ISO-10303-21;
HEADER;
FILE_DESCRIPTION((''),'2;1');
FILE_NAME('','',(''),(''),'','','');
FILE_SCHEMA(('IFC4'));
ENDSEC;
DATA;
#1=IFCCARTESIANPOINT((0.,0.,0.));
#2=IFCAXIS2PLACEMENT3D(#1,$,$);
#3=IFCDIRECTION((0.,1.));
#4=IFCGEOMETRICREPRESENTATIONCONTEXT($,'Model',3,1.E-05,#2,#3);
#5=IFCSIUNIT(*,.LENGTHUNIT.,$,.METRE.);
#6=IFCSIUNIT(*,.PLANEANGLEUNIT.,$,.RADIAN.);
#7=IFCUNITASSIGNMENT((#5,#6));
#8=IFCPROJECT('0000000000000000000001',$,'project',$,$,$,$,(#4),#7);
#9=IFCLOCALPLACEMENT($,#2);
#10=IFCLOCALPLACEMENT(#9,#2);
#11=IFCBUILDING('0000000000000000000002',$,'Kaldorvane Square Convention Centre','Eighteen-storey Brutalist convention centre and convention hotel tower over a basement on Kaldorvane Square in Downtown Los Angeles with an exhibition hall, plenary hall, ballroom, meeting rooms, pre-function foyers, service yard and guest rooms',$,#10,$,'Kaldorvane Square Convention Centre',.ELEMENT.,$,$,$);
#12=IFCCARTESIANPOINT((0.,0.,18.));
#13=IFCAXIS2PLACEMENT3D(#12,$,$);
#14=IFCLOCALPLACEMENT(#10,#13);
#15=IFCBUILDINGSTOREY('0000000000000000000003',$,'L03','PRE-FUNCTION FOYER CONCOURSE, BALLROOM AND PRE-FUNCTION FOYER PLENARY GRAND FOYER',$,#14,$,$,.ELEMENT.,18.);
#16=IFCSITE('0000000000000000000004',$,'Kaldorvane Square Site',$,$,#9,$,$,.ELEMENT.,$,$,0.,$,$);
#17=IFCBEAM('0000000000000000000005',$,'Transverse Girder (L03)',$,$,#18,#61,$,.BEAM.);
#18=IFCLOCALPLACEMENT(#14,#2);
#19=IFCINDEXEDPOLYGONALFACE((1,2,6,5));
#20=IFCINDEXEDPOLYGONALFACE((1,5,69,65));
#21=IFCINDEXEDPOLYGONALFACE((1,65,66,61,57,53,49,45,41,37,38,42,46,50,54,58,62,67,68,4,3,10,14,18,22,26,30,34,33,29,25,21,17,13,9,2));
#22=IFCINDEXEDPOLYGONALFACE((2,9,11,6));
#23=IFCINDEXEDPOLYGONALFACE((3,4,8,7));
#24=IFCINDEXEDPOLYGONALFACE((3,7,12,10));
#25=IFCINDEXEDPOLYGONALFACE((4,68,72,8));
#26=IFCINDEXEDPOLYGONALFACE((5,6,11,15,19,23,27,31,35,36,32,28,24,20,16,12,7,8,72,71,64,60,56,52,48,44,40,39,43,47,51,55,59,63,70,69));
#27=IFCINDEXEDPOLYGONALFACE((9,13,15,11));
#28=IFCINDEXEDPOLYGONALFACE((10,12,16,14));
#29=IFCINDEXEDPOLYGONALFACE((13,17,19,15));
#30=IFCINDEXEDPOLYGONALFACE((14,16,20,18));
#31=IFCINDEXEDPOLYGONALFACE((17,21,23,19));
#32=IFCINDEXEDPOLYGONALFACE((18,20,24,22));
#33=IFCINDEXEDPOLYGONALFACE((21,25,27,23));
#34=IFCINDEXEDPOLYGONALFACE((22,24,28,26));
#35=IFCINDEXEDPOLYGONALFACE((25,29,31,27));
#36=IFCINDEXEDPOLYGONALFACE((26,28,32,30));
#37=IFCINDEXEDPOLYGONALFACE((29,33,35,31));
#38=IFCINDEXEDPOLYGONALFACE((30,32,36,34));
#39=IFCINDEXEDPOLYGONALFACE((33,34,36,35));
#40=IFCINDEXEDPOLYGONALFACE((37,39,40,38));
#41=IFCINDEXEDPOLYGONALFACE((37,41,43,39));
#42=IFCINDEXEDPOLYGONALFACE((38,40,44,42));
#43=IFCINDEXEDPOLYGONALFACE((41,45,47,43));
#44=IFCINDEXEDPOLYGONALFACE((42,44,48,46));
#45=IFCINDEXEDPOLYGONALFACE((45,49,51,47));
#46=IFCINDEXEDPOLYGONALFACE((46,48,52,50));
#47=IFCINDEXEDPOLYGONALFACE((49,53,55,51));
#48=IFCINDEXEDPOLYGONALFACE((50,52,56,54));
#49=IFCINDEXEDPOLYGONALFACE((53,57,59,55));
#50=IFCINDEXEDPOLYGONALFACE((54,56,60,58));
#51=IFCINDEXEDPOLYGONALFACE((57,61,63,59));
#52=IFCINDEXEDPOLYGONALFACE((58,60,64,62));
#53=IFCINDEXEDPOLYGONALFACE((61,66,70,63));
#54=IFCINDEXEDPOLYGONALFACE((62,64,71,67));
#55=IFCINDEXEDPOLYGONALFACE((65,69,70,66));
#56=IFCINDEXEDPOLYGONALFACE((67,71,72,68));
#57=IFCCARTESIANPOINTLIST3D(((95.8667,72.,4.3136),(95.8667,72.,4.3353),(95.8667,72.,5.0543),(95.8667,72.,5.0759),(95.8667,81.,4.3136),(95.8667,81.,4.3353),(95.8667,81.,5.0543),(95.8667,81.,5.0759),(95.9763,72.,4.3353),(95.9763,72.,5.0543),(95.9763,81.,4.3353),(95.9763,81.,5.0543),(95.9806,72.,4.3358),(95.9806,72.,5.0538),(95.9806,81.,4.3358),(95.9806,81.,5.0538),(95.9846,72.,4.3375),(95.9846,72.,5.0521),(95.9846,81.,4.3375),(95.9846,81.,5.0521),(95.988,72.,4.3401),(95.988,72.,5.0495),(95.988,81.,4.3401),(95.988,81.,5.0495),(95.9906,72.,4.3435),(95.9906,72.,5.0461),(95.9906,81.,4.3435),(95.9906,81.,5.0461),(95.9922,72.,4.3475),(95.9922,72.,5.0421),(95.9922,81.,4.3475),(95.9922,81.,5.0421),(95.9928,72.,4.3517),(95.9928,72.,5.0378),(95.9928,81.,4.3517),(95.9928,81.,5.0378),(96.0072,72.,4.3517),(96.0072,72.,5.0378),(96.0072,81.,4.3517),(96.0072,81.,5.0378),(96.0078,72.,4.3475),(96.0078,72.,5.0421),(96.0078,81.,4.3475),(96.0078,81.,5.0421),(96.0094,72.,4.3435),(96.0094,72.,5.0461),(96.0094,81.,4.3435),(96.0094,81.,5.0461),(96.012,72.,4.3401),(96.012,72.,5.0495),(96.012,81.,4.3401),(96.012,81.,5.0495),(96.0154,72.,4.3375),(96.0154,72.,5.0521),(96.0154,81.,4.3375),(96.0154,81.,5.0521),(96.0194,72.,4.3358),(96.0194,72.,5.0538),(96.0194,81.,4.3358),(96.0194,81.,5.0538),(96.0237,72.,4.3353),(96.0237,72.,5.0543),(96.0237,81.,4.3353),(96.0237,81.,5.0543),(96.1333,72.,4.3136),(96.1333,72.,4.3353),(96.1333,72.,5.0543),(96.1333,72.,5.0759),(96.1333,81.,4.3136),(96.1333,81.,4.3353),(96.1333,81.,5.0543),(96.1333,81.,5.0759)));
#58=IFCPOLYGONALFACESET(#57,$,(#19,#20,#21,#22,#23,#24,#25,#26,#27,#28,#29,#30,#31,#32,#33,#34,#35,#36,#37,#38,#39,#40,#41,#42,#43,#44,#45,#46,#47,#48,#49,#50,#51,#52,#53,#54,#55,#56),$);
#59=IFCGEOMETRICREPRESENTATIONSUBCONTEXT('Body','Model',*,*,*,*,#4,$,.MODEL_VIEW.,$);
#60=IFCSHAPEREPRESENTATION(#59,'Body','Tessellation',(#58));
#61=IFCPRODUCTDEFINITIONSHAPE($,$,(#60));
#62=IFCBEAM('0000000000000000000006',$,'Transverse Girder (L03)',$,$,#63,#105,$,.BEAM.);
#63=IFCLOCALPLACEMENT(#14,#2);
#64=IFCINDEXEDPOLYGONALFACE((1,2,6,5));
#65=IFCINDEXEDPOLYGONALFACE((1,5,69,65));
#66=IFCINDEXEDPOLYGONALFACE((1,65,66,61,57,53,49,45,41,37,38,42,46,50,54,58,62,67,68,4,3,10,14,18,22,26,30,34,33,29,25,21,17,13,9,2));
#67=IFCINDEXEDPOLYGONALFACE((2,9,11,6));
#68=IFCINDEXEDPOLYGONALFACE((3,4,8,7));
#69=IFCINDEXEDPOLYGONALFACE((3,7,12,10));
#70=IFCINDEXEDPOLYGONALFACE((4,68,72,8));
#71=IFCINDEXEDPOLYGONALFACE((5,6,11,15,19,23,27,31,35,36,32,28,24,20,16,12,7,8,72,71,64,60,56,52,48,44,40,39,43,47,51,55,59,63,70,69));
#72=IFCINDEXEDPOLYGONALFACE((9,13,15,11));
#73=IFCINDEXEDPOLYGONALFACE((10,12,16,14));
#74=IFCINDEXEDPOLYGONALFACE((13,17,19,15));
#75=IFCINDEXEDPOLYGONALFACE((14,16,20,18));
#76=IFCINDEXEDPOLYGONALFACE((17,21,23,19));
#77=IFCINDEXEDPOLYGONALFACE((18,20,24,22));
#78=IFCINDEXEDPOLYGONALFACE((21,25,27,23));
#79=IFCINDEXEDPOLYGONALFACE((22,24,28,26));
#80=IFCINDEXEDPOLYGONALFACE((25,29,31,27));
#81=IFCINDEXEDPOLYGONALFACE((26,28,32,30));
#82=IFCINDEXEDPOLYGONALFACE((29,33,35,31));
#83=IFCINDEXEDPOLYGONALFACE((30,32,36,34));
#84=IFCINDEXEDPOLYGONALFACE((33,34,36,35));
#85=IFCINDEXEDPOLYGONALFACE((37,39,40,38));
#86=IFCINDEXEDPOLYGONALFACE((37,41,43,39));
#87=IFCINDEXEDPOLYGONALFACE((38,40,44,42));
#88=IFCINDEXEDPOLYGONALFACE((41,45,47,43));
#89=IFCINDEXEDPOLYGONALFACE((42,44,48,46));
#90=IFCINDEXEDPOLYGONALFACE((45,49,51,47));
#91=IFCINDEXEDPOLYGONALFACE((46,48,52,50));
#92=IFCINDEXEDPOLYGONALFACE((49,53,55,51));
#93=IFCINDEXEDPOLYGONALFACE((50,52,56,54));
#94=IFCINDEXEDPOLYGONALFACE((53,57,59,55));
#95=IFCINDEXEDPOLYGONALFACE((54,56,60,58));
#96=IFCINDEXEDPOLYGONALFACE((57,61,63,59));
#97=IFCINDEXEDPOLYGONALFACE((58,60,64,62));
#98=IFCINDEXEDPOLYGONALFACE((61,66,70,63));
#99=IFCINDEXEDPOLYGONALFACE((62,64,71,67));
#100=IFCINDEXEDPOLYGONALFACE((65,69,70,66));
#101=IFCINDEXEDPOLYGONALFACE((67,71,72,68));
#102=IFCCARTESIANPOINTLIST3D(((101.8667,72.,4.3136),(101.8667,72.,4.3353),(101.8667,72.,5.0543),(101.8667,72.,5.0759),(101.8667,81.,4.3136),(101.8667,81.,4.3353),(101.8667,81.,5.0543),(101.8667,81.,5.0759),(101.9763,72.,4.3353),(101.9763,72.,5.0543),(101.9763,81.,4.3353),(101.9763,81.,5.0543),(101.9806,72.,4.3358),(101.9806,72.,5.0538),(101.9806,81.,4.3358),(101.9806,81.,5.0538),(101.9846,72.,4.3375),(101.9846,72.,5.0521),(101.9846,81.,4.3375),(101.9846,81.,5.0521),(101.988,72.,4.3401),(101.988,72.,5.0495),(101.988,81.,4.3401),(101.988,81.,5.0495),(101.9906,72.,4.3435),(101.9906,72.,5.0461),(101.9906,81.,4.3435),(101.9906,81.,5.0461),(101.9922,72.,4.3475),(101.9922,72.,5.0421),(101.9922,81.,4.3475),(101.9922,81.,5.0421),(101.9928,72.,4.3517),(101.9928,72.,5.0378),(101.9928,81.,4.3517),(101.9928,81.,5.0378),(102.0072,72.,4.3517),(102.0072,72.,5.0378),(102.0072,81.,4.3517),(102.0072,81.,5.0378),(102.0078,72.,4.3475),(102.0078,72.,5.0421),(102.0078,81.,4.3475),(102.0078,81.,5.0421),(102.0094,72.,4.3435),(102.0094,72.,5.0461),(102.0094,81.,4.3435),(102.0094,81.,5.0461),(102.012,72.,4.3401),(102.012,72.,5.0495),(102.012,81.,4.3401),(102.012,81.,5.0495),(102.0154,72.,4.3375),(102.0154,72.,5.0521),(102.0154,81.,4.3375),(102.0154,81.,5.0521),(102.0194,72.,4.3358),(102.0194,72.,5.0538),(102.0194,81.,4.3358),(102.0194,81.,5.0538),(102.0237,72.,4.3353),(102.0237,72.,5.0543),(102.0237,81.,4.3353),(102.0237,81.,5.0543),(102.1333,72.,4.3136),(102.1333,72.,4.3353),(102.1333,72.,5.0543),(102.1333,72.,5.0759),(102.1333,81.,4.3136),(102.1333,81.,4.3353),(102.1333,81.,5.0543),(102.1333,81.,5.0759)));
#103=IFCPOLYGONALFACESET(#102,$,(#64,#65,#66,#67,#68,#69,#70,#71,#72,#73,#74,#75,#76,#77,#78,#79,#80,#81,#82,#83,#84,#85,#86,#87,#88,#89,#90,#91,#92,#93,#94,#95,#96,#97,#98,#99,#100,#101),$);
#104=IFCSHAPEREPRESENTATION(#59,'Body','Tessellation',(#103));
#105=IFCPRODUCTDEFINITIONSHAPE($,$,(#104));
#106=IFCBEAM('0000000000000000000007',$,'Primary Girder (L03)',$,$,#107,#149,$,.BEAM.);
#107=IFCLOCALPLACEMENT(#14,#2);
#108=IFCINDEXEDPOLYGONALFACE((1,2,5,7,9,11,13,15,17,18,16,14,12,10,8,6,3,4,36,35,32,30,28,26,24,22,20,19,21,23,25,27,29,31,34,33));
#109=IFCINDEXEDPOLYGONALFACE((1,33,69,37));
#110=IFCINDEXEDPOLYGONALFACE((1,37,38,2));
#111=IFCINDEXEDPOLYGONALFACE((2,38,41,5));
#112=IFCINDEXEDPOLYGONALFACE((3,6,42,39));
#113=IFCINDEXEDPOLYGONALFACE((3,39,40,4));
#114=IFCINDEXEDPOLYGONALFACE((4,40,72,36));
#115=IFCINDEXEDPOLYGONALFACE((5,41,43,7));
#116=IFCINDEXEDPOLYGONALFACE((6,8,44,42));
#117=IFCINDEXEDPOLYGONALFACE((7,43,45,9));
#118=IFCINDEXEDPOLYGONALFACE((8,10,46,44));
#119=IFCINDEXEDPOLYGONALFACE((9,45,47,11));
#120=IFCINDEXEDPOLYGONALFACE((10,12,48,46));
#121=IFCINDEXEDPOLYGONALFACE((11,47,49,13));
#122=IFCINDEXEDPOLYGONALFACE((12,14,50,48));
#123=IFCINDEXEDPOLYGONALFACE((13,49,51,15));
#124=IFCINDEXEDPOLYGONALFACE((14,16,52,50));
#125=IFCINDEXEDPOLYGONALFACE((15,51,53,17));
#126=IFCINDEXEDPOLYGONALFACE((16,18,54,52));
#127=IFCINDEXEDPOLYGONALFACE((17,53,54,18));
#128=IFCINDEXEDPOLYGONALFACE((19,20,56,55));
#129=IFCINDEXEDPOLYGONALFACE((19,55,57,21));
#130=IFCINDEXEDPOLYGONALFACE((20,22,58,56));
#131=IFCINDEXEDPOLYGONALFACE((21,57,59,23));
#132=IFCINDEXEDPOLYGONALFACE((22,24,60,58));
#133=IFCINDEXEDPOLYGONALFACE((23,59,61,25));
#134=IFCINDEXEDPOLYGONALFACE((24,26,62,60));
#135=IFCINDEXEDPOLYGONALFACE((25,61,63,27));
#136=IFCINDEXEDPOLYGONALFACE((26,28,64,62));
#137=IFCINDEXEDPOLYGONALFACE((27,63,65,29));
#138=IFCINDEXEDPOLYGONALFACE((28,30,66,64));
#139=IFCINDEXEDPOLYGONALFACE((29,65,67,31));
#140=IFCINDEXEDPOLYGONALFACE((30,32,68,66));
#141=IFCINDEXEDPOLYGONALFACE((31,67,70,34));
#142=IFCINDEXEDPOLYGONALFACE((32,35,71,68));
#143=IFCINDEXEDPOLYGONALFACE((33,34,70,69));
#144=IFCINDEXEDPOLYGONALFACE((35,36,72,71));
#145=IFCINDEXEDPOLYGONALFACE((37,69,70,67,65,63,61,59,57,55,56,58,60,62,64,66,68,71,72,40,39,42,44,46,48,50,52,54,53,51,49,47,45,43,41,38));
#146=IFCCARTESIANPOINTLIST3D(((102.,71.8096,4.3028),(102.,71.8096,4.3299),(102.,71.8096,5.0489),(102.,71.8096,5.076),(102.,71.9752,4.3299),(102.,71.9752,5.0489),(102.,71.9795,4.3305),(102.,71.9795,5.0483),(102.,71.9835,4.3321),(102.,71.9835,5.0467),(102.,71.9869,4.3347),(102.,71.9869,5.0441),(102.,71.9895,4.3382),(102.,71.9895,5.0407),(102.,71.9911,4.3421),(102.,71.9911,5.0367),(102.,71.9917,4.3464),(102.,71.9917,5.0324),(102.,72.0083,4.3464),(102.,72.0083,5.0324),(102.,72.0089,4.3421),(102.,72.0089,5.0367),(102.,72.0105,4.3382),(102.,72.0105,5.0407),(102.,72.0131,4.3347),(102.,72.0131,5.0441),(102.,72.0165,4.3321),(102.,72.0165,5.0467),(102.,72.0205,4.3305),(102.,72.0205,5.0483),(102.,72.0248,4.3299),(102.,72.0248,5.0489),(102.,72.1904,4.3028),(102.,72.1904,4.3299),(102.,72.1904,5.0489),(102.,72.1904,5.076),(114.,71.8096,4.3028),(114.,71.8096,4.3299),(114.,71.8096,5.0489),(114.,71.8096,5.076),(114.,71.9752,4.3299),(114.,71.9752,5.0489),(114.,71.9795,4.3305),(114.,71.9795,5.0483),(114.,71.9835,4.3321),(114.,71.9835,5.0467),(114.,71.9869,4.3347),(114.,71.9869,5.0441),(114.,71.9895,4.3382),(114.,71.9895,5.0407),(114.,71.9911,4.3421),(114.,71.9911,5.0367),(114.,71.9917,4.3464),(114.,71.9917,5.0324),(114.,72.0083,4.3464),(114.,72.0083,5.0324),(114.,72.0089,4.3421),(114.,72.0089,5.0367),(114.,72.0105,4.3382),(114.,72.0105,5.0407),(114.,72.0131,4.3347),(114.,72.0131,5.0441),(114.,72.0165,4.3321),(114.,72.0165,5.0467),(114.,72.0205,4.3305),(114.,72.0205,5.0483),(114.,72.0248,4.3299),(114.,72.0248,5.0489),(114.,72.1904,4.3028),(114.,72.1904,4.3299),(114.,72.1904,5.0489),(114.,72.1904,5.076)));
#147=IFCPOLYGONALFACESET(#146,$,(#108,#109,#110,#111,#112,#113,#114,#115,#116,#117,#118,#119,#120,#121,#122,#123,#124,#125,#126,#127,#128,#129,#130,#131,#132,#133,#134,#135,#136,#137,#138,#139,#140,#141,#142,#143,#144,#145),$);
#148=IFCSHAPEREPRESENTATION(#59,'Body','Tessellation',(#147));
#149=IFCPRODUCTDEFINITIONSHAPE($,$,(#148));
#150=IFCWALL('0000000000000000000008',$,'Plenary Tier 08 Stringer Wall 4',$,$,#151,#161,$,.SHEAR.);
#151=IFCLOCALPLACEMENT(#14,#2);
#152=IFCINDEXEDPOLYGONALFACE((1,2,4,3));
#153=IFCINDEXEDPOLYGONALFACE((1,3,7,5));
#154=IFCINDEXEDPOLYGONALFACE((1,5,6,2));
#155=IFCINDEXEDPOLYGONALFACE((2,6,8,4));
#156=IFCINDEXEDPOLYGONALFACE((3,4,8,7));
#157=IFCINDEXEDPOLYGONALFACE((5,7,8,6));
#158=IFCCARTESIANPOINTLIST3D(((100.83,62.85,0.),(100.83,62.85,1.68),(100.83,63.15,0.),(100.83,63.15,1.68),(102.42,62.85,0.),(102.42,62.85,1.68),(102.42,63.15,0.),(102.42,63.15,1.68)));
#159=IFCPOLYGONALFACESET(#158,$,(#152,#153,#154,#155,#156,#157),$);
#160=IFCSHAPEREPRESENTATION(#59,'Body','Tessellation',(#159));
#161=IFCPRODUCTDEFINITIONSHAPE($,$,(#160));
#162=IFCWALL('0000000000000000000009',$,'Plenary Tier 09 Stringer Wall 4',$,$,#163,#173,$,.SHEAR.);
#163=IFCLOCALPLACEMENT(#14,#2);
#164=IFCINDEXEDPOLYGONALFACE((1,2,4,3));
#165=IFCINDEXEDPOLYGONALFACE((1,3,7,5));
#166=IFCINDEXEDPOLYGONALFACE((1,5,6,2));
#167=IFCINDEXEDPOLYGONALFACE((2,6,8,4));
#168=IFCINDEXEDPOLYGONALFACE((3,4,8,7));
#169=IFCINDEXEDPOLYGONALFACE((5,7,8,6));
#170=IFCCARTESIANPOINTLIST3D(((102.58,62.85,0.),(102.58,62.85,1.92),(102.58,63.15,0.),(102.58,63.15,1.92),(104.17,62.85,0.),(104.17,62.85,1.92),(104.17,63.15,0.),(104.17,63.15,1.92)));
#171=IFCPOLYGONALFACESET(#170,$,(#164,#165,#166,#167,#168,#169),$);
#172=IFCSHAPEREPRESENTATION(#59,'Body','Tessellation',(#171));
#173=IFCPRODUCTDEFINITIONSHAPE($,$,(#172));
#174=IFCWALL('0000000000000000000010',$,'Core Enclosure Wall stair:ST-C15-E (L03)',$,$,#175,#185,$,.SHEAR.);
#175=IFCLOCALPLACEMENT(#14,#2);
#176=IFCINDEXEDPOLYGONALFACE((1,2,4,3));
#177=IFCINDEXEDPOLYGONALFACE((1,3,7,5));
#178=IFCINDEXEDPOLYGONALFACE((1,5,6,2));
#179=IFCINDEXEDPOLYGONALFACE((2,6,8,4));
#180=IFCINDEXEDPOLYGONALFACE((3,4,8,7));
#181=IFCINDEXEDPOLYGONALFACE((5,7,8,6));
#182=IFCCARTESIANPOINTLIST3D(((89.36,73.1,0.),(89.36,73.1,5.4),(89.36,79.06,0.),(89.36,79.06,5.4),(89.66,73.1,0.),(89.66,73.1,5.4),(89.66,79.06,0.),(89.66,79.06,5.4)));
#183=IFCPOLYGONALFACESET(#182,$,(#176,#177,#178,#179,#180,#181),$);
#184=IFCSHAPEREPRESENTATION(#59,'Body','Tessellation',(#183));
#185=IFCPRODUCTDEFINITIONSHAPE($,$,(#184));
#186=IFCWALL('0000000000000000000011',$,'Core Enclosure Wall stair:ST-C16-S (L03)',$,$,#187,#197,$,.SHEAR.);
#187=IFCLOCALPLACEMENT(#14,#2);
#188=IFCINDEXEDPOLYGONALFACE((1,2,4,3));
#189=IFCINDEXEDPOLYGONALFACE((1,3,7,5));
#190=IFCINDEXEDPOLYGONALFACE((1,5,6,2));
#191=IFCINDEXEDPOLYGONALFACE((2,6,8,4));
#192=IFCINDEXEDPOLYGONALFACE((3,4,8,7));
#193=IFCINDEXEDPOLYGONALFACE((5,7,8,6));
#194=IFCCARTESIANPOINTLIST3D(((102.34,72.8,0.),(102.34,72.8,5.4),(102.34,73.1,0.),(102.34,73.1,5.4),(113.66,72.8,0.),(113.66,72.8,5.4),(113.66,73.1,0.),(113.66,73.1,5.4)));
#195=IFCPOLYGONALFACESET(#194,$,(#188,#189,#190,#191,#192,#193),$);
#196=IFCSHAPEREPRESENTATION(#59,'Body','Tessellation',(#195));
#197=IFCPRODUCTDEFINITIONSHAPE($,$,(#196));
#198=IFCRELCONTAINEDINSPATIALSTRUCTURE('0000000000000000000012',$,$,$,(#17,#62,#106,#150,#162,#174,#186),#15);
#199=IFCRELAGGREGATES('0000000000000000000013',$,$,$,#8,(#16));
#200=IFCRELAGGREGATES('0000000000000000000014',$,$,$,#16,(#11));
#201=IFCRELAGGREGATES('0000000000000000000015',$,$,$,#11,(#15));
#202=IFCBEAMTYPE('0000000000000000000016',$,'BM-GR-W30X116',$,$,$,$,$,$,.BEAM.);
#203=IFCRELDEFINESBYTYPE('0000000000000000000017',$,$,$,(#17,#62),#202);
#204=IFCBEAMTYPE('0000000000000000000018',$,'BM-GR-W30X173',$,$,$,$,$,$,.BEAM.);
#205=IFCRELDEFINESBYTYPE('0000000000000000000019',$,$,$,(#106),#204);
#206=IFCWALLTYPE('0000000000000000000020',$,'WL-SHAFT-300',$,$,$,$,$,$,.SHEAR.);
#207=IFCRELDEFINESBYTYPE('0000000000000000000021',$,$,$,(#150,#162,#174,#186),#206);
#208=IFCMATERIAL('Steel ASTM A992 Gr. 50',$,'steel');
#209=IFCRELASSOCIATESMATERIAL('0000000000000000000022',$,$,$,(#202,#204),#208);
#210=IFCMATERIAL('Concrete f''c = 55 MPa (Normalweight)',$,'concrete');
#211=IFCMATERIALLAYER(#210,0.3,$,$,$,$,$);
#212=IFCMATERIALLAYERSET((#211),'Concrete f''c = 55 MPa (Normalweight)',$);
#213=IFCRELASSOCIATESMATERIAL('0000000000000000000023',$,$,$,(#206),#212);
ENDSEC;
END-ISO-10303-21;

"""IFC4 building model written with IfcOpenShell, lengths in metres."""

from ifc_helpers import new_model, si_unit, direction, frame, frame_2d, origin, origin_2d, place, context, subcontext, project, spatial, rectangle, i_section, extrude, material, layer, layer_set, material_profile, profile_set, type_object, element, save


model = new_model("IFC4")

# Units and contexts
model_context = context("Model", 3, precision=1e-05, world=origin(), true_north=direction((0.0, 1.0)))
body_context = subcontext(model_context, "Body", "Model", "MODEL_VIEW")
ifc_project = project(units=[si_unit("LENGTHUNIT", "METRE"), si_unit("PLANEANGLEUNIT", "RADIAN")], contexts=[model_context])

# Site, building, storey
site_placement = place(None, origin())
site = spatial("IfcSite", under=ifc_project, at=site_placement, Name="Kaldorvane Square Site", CompositionType="ELEMENT", RefElevation=0.0)
building_placement = place(site_placement, origin())
building = spatial("IfcBuilding", under=site, at=building_placement, Name="Kaldorvane Square Convention Centre", Description="Eighteen-storey Brutalist convention centre and convention hotel tower over a basement on Kaldorvane Square in Downtown Los Angeles with an exhibition hall, plenary hall, ballroom, meeting rooms, pre-function foyers, service yard and guest rooms", LongName="Kaldorvane Square Convention Centre", CompositionType="ELEMENT")
storey_placement = place(building_placement, frame((0.0, 0.0, 18.0)))
storey = spatial("IfcBuildingStorey", under=building, at=storey_placement, Name="L03", Description="PRE-FUNCTION FOYER CONCOURSE, BALLROOM AND PRE-FUNCTION FOYER PLENARY GRAND FOYER", CompositionType="ELEMENT", Elevation=18.0)

# Shared definitions
ifc_material_1 = material(Name="Concrete f'c = 55 MPa (Normalweight)", Category="concrete")

# Beams
ifc_material_2 = material(Name="Steel ASTM A992 Gr. 50", Category="steel")
ifc_material_profile_1 = material_profile(ifc_material_2, i_section(OverallWidth=0.2666, OverallDepth=0.7623, WebThickness=0.0144, FlangeThickness=0.0216, FilletRadius=0.0165, at=origin_2d()), Name="W30X116")
ifc_profile_set_1 = profile_set([ifc_material_profile_1], Name="Steel ASTM A992 Gr. 50")
beam_type_1 = type_object("IfcBeamType", Name="BM-GR-W30X116", PredefinedType="BEAM", material=ifc_profile_set_1)
for number, where, z_axis, x_axis, name in (
    (1, (96.0, 72.0, 4.6948), (0.0, 1.0, 0.0), (-1.0, 0.0, 0.0), "Transverse Girder (L03)"),
    (2, (102.0, 72.0, 4.6948), (0.0, 1.0, 0.0), (-1.0, 0.0, 0.0), "Transverse Girder (L03)"),
):
    element("IfcBeam", number, at=place(storey_placement, frame(where, z_axis=z_axis, x_axis=x_axis)), inside=storey, type_object=beam_type_1, Name=name, PredefinedType="BEAM", context=body_context, shape_type="SweptSolid", body=[
        extrude(i_section(OverallWidth=0.2666, OverallDepth=0.7623, WebThickness=0.0144, FlangeThickness=0.0216, FilletRadius=0.0165, at=origin_2d()), origin(), (0.0, 0.0, 1.0), 9.0),
    ])
ifc_material_profile_2 = material_profile(ifc_material_2, i_section(OverallWidth=0.3807, OverallDepth=0.7732, WebThickness=0.0166, FlangeThickness=0.0271, FilletRadius=0.0165, at=origin_2d()), Name="W30X173")
ifc_profile_set_2 = profile_set([ifc_material_profile_2], Name="Steel ASTM A992 Gr. 50")
beam_type_2 = type_object("IfcBeamType", Name="BM-GR-W30X173", PredefinedType="BEAM", material=ifc_profile_set_2)
beam_placement = place(storey_placement, frame((102.0, 72.0, 4.6894), z_axis=(1.0, 0.0, 0.0), x_axis=(0.0, 1.0, 0.0)))
element("IfcBeam", 3, at=beam_placement, inside=storey, type_object=beam_type_2, Name="Primary Girder (L03)", PredefinedType="BEAM", context=body_context, shape_type="SweptSolid", body=[
    extrude(i_section(OverallWidth=0.3807, OverallDepth=0.7732, WebThickness=0.0166, FlangeThickness=0.0271, FilletRadius=0.0165, at=origin_2d()), origin(), (0.0, 0.0, 1.0), 12.0),
])

# Walls
ifc_layer = layer(ifc_material_1, 0.3)
ifc_layer_set = layer_set([ifc_layer], Name="Concrete f'c = 55 MPa (Normalweight)")
wall_type = type_object("IfcWallType", Name="WL-SHAFT-300", PredefinedType="SHEAR", material=ifc_layer_set)
wall_1_placement = place(storey_placement, frame((100.83, 63.0, 0.0), z_axis=(0.0, 0.0, 1.0), x_axis=(1.0, 0.0, 0.0)))
element("IfcWall", 4, at=wall_1_placement, inside=storey, type_object=wall_type, Name="Plenary Tier 08 Stringer Wall 4", PredefinedType="SHEAR", context=body_context, shape_type="SweptSolid", body=[
    extrude(rectangle(XDim=1.59, YDim=0.3, at=frame_2d((0.795, 0.0))), origin(), (0.0, 0.0, 1.0), 1.68),
])
wall_2_placement = place(storey_placement, frame((102.58, 63.0, 0.0), z_axis=(0.0, 0.0, 1.0), x_axis=(1.0, 0.0, 0.0)))
element("IfcWall", 5, at=wall_2_placement, inside=storey, type_object=wall_type, Name="Plenary Tier 09 Stringer Wall 4", PredefinedType="SHEAR", context=body_context, shape_type="SweptSolid", body=[
    extrude(rectangle(XDim=1.59, YDim=0.3, at=frame_2d((0.795, 0.0))), origin(), (0.0, 0.0, 1.0), 1.92),
])
wall_3_placement = place(storey_placement, frame((89.51, 73.1, 0.0), z_axis=(0.0, 0.0, 1.0), x_axis=(0.0, 1.0, 0.0)))
element("IfcWall", 6, at=wall_3_placement, inside=storey, type_object=wall_type, Name="Core Enclosure Wall stair:ST-C15-E (L03)", PredefinedType="SHEAR", context=body_context, shape_type="SweptSolid", body=[
    extrude(rectangle(XDim=5.96, YDim=0.3, at=frame_2d((2.98, 0.0))), origin(), (0.0, 0.0, 1.0), 5.4),
])
wall_4_placement = place(storey_placement, frame((102.34, 72.95, 0.0), z_axis=(0.0, 0.0, 1.0), x_axis=(1.0, 0.0, 0.0)))
element("IfcWall", 7, at=wall_4_placement, inside=storey, type_object=wall_type, Name="Core Enclosure Wall stair:ST-C16-S (L03)", PredefinedType="SHEAR", context=body_context, shape_type="SweptSolid", body=[
    extrude(rectangle(XDim=11.32, YDim=0.3, at=frame_2d((5.66, 0.0))), origin(), (0.0, 0.0, 1.0), 5.4),
])

save(model, "model.ifc")
